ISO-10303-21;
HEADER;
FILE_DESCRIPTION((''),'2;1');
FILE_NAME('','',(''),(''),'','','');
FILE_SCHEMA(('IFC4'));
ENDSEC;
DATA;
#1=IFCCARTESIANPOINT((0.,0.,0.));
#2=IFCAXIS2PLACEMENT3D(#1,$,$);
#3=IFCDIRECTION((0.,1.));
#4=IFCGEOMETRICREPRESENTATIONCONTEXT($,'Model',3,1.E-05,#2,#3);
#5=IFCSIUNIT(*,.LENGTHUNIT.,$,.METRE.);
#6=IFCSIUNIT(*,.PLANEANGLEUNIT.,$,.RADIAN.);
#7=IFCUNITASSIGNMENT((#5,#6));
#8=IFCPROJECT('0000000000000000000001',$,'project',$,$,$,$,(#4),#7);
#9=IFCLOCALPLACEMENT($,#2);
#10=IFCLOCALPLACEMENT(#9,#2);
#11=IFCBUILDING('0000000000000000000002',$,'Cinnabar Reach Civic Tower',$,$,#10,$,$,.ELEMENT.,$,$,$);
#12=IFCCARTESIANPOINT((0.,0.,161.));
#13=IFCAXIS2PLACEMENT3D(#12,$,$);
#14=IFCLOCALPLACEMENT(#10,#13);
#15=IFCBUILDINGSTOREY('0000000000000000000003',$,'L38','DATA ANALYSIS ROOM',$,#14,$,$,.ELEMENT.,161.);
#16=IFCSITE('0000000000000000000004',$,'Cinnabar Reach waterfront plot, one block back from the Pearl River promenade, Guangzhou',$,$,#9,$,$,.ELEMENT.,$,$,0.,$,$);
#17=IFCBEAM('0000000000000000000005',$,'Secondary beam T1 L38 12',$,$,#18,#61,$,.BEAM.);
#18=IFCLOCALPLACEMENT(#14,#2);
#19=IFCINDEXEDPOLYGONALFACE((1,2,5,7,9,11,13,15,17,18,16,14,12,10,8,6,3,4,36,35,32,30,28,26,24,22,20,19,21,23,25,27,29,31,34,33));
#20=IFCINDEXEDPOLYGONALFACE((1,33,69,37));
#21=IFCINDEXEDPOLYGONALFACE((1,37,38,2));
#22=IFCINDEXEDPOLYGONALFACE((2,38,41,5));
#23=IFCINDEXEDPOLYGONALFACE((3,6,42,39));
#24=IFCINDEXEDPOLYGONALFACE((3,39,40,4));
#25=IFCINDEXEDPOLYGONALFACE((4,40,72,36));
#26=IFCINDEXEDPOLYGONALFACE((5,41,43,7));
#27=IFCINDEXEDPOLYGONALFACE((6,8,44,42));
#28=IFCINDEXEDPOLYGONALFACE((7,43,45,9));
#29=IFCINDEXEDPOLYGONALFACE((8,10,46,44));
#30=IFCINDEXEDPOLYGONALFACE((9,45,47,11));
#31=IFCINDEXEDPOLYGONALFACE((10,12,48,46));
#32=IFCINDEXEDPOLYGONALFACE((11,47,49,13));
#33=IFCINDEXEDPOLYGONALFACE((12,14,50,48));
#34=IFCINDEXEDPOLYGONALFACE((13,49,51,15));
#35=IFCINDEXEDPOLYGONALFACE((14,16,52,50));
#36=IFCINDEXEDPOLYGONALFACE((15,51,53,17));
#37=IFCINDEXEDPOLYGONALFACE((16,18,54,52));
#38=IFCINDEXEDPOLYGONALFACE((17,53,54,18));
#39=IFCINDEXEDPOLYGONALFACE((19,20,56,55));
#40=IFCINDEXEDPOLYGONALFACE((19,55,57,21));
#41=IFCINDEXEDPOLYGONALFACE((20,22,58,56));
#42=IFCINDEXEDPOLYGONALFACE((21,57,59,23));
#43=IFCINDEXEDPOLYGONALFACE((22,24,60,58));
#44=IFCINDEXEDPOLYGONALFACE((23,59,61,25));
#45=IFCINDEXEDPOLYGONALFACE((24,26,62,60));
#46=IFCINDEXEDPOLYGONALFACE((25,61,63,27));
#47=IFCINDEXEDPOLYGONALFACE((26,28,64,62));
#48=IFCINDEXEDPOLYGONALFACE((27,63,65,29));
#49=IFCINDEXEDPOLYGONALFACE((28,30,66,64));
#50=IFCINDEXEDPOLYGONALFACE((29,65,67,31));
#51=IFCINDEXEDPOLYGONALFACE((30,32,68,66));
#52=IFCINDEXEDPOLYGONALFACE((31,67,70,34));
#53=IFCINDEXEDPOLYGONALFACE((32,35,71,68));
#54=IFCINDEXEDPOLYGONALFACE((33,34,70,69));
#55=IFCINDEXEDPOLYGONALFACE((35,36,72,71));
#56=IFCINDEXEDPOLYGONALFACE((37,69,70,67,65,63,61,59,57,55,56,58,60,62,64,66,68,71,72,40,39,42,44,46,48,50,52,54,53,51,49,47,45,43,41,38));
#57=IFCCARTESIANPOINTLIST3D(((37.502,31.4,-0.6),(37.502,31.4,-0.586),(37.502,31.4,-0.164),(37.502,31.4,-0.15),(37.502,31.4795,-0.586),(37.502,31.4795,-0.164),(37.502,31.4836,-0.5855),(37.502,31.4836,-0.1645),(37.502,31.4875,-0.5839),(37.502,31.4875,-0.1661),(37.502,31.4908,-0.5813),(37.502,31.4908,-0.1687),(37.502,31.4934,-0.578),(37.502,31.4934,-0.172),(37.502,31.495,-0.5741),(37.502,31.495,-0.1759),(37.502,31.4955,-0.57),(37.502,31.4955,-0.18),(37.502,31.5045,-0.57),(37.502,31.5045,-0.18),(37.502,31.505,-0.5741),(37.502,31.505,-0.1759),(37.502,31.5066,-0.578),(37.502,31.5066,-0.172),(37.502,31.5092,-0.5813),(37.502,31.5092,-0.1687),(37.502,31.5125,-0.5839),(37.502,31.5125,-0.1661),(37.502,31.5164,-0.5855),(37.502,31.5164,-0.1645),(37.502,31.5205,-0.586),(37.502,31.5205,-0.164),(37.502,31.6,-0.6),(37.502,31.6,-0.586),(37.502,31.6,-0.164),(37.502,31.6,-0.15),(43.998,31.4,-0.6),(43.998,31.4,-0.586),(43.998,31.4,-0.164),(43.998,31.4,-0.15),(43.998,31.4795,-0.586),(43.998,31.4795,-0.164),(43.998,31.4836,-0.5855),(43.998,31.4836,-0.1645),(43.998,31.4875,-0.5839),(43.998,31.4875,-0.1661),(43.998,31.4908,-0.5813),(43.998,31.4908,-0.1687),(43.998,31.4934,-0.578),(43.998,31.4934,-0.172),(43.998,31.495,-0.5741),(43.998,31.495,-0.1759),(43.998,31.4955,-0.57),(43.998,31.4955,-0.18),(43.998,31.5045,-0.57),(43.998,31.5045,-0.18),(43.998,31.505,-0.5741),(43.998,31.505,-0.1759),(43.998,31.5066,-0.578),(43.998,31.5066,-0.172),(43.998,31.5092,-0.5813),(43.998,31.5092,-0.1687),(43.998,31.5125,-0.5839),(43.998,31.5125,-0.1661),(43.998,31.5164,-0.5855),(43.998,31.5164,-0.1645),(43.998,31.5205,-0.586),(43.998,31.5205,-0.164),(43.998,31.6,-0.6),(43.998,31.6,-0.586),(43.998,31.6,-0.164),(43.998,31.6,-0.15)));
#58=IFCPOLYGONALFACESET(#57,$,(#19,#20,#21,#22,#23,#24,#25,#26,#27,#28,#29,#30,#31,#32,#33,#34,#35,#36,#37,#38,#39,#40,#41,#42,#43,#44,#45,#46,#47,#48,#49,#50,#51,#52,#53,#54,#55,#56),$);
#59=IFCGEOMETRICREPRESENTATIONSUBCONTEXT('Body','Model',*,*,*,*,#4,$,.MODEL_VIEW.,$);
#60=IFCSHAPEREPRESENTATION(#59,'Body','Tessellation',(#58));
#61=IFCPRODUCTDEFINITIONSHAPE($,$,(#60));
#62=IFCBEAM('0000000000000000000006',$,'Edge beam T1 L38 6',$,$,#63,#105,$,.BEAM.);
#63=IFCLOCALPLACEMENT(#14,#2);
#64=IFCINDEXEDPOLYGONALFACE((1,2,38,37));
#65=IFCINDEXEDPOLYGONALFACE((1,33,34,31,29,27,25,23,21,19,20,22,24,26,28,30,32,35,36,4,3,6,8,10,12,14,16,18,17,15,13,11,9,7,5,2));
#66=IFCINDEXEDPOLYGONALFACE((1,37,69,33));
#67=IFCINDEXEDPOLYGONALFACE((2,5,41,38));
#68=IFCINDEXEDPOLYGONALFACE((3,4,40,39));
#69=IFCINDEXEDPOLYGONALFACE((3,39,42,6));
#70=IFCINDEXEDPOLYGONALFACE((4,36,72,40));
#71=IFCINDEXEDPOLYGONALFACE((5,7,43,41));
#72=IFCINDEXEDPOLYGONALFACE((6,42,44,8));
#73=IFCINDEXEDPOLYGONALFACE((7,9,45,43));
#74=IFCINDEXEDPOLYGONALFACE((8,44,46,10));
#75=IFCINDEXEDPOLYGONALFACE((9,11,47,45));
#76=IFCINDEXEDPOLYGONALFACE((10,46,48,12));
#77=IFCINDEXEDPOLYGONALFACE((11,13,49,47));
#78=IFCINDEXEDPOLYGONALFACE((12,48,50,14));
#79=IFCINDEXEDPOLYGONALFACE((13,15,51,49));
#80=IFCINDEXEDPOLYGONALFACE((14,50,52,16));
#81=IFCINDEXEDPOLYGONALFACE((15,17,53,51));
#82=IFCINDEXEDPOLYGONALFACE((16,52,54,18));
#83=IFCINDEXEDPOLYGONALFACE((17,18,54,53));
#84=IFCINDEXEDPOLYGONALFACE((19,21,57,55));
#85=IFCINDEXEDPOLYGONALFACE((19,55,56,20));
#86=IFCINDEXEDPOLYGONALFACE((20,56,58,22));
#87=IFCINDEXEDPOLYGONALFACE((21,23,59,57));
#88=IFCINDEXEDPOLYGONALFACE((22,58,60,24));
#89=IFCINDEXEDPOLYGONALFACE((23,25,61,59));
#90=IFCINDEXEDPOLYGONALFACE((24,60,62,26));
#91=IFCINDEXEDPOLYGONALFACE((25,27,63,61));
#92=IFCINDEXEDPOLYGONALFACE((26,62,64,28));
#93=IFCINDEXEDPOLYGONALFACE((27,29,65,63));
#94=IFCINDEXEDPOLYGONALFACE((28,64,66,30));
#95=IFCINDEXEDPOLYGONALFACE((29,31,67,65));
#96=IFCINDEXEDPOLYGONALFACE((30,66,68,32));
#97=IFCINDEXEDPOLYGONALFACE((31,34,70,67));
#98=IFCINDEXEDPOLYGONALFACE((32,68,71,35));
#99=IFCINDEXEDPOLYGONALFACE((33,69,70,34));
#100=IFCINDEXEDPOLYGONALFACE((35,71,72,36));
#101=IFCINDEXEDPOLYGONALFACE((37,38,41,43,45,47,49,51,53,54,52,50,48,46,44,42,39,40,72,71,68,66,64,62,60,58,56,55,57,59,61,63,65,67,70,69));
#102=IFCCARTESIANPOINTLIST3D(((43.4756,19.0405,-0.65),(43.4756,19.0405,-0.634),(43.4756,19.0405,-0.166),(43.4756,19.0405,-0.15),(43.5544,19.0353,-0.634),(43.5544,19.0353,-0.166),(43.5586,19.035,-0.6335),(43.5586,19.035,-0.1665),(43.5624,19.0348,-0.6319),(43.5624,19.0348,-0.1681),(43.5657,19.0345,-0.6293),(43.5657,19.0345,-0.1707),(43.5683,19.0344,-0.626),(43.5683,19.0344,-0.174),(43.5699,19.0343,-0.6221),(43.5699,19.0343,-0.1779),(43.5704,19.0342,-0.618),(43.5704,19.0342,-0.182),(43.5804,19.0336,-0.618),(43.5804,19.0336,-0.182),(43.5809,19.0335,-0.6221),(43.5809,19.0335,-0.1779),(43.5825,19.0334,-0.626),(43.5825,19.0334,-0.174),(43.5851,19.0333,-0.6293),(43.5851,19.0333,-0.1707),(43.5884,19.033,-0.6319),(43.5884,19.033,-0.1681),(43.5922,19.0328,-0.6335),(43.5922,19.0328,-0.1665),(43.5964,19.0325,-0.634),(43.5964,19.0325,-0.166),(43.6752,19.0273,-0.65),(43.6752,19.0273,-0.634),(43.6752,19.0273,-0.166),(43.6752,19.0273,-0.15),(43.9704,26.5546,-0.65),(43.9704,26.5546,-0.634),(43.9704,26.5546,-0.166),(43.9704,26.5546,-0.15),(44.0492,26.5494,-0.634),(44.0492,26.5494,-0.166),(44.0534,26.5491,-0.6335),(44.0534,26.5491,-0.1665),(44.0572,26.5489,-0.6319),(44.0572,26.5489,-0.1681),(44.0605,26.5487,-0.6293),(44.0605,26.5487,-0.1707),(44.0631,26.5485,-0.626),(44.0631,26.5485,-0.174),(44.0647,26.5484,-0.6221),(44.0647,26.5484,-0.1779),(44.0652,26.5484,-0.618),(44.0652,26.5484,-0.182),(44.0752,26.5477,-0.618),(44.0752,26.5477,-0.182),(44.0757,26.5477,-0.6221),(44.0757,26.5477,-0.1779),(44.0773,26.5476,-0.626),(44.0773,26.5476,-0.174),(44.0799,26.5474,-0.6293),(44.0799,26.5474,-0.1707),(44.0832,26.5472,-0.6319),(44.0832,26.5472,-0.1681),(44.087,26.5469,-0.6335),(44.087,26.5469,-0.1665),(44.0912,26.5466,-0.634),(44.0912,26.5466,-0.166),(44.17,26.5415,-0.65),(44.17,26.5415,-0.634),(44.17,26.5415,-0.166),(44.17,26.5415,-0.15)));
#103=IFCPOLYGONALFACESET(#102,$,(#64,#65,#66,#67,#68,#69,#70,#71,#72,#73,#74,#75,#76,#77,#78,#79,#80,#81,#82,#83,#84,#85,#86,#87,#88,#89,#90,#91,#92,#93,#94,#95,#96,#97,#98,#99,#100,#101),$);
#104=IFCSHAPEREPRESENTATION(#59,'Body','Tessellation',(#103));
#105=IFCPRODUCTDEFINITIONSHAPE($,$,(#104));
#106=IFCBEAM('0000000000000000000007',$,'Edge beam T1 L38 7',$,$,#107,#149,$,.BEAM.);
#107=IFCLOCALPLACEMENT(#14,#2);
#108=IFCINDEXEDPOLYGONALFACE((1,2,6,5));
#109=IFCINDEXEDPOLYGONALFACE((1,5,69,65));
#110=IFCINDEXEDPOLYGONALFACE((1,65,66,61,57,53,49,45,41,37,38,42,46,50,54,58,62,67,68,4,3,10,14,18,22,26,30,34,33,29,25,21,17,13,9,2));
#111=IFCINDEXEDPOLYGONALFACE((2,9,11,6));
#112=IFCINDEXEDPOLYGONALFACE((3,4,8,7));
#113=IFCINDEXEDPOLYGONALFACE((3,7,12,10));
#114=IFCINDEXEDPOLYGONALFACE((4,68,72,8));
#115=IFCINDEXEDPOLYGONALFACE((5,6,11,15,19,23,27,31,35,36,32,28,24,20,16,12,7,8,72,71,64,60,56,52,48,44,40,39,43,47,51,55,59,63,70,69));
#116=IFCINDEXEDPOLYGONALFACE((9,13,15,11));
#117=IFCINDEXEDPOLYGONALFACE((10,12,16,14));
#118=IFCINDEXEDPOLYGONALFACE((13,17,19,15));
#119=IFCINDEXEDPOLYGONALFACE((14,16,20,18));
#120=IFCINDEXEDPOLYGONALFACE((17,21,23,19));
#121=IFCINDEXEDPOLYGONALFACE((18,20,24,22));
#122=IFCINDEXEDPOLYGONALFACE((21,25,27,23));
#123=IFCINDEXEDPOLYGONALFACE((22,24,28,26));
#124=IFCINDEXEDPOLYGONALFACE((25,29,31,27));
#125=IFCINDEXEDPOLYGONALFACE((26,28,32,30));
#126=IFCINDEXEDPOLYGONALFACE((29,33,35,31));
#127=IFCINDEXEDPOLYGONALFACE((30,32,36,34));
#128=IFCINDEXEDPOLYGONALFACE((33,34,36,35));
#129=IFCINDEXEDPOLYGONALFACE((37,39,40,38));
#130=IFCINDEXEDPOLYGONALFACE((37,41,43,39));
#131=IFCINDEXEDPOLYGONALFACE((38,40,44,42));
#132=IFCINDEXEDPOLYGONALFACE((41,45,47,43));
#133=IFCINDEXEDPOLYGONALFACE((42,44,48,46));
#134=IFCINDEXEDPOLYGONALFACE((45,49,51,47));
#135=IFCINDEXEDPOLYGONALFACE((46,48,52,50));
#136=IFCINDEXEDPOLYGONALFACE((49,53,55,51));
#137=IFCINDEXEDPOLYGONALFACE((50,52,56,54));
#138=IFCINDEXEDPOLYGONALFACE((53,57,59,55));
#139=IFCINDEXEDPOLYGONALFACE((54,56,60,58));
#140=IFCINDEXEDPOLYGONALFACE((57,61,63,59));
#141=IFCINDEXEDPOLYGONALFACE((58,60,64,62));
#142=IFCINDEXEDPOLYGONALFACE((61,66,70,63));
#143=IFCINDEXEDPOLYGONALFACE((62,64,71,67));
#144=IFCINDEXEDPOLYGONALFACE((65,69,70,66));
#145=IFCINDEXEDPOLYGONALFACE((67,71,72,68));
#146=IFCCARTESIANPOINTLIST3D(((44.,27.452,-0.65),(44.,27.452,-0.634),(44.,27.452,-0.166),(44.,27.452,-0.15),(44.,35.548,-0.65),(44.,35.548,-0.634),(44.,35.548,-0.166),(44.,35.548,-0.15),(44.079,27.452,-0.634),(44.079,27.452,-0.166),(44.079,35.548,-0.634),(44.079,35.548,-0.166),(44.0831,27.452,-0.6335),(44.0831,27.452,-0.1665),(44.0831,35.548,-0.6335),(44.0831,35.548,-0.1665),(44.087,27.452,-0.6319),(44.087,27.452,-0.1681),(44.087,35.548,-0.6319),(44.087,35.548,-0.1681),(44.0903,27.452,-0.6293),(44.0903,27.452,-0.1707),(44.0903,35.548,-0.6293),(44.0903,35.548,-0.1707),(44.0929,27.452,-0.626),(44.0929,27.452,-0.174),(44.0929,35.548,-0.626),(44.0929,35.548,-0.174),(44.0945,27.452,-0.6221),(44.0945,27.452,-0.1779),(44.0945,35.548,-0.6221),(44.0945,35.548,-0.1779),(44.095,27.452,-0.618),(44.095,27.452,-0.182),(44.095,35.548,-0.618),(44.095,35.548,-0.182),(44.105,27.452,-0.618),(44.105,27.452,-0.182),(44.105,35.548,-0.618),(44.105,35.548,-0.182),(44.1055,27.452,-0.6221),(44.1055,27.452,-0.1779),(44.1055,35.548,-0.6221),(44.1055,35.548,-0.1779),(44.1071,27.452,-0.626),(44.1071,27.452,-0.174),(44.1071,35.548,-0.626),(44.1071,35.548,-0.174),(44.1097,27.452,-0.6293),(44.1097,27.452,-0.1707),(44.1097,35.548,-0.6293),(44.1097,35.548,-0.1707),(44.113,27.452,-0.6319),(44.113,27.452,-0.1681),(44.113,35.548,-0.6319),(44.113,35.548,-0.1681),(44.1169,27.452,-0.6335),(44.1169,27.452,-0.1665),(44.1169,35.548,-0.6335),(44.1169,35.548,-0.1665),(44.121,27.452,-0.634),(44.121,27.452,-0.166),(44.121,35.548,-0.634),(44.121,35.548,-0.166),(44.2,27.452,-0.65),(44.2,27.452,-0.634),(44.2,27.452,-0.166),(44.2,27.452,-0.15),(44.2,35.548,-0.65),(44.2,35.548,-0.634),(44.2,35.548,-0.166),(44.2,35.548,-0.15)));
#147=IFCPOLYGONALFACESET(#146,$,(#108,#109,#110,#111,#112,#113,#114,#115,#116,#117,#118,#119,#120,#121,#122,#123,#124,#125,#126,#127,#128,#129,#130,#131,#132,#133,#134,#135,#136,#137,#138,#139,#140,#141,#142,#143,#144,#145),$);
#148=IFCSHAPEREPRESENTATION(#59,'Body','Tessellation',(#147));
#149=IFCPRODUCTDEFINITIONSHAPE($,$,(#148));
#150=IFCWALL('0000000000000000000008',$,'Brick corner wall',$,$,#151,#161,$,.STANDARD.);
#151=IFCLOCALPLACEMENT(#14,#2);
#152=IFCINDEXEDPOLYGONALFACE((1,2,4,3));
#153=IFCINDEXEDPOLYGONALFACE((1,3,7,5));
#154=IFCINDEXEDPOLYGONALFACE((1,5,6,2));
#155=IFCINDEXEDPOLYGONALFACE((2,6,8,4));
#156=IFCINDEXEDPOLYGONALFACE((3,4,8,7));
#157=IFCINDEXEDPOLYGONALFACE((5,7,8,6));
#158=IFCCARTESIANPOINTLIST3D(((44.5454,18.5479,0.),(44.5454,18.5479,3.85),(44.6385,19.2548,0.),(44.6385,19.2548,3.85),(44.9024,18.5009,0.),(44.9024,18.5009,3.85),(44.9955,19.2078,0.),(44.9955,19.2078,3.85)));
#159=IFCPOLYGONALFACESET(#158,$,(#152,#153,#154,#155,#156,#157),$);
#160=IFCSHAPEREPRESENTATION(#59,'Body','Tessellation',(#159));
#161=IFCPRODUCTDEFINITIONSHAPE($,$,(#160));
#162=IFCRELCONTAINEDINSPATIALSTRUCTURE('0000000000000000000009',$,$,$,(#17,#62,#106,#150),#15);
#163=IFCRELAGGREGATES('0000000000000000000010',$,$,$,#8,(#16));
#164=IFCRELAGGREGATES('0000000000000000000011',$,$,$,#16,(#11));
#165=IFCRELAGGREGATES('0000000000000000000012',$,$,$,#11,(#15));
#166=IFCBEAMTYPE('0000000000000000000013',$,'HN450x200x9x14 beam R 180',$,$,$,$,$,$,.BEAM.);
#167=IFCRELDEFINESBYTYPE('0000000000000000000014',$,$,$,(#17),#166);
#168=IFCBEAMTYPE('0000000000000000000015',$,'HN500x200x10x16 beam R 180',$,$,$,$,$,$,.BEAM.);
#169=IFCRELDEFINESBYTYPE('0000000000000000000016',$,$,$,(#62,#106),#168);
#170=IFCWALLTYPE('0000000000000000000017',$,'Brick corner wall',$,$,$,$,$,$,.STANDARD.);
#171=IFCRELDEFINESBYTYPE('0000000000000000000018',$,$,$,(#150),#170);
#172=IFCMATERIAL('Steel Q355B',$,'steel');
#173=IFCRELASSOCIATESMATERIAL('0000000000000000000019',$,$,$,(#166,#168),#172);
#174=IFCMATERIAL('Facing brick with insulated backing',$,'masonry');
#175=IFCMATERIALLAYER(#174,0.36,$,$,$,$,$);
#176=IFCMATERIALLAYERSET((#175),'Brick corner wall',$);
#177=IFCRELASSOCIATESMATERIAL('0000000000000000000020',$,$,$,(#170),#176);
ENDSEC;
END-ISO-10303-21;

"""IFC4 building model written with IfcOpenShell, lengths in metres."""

from ifc_helpers import new_model, si_unit, direction, frame, frame_2d, origin, origin_2d, place, context, subcontext, project, spatial, rectangle, i_section, extrude, material, layer, layer_set, material_profile, profile_set, type_object, element, save


model = new_model("IFC4")

# Units and contexts
model_context = context("Model", 3, precision=1e-05, world=origin(), true_north=direction((0.0, 1.0)))
body_context = subcontext(model_context, "Body", "Model", "MODEL_VIEW")
ifc_project = project(units=[si_unit("LENGTHUNIT", "METRE"), si_unit("PLANEANGLEUNIT", "RADIAN")], contexts=[model_context])

# Site, building, storey
site_placement = place(None, origin())
site = spatial("IfcSite", under=ifc_project, at=site_placement, Name="Cinnabar Reach waterfront plot, one block back from the Pearl River promenade, Guangzhou", CompositionType="ELEMENT", RefElevation=0.0)
building_placement = place(site_placement, origin())
building = spatial("IfcBuilding", under=site, at=building_placement, Name="Cinnabar Reach Civic Tower", CompositionType="ELEMENT")
storey_placement = place(building_placement, frame((0.0, 0.0, 161.0)))
storey = spatial("IfcBuildingStorey", under=building, at=storey_placement, Name="L38", Description="DATA ANALYSIS ROOM", CompositionType="ELEMENT", Elevation=161.0)

# Beams
ifc_material_1 = material(Name="Steel Q355B", Category="steel")
ifc_material_profile_1 = material_profile(ifc_material_1, i_section(OverallWidth=0.2, OverallDepth=0.45, WebThickness=0.009, FlangeThickness=0.014, FilletRadius=0.016, at=origin_2d()), Name="HN450x200x9x14")
ifc_profile_set_1 = profile_set([ifc_material_profile_1], Name="Steel Q355B")
beam_type_1 = type_object("IfcBeamType", Name="HN450x200x9x14 beam R 180", PredefinedType="BEAM", material=ifc_profile_set_1)
beam_1_placement = place(storey_placement, frame((37.502, 31.5, -0.375), z_axis=(1.0, 0.0, 0.0), x_axis=(0.0, 1.0, 0.0)))
element("IfcBeam", 1, at=beam_1_placement, inside=storey, type_object=beam_type_1, Name="Secondary beam T1 L38 12", PredefinedType="BEAM", context=body_context, shape_type="SweptSolid", body=[
    extrude(i_section(OverallWidth=0.2, OverallDepth=0.45, WebThickness=0.009, FlangeThickness=0.014, FilletRadius=0.016, at=origin_2d()), origin(), (0.0, 0.0, 1.0), 6.496),
])
ifc_material_profile_2 = material_profile(ifc_material_1, i_section(OverallWidth=0.2, OverallDepth=0.5, WebThickness=0.01, FlangeThickness=0.016, FilletRadius=0.016, at=origin_2d()), Name="HN500x200x10x16")
ifc_profile_set_2 = profile_set([ifc_material_profile_2], Name="Steel Q355B")
beam_type_2 = type_object("IfcBeamType", Name="HN500x200x10x16 beam R 180", PredefinedType="BEAM", material=ifc_profile_set_2)
beam_2_placement = place(storey_placement, frame((43.5754, 19.0339, -0.4), z_axis=(0.065707, 0.997839, 0.0), x_axis=(-0.997839, 0.065707, 0.0)))
element("IfcBeam", 2, at=beam_2_placement, inside=storey, type_object=beam_type_2, Name="Edge beam T1 L38 6", PredefinedType="BEAM", context=body_context, shape_type="SweptSolid", body=[
    extrude(i_section(OverallWidth=0.2, OverallDepth=0.5, WebThickness=0.01, FlangeThickness=0.016, FilletRadius=0.016, at=origin_2d()), origin(), (0.0, 0.0, 1.0), 7.5304),
])
beam_3_placement = place(storey_placement, frame((44.1, 27.452, -0.4), z_axis=(0.0, 1.0, 0.0), x_axis=(-1.0, 0.0, 0.0)))
element("IfcBeam", 3, at=beam_3_placement, inside=storey, type_object=beam_type_2, Name="Edge beam T1 L38 7", PredefinedType="BEAM", context=body_context, shape_type="SweptSolid", body=[
    extrude(i_section(OverallWidth=0.2, OverallDepth=0.5, WebThickness=0.01, FlangeThickness=0.016, FilletRadius=0.016, at=origin_2d()), origin(), (0.0, 0.0, 1.0), 8.096),
])

# Wall
ifc_material_2 = material(Name="Facing brick with insulated backing", Category="masonry")
ifc_layer_1 = layer(ifc_material_2, 0.36)
ifc_layer_set_1 = layer_set([ifc_layer_1], Name="Brick corner wall")
wall_type_1 = type_object("IfcWallType", Name="Brick corner wall", PredefinedType="STANDARD", material=ifc_layer_set_1)
wall_1_placement = place(storey_placement, frame((44.7239, 18.5244, 0.0), z_axis=(0.0, 0.0, 1.0), x_axis=(0.130556, 0.991441, 0.0)))
element("IfcWall", 4, at=wall_1_placement, inside=storey, type_object=wall_type_1, Name="Brick corner wall", PredefinedType="STANDARD", context=body_context, shape_type="SweptSolid", body=[
    extrude(rectangle(XDim=0.7131, YDim=0.36, at=frame_2d((0.3565, 0.0))), origin(), (0.0, 0.0, 1.0), 3.85),
])

save(model, "model.ifc")
